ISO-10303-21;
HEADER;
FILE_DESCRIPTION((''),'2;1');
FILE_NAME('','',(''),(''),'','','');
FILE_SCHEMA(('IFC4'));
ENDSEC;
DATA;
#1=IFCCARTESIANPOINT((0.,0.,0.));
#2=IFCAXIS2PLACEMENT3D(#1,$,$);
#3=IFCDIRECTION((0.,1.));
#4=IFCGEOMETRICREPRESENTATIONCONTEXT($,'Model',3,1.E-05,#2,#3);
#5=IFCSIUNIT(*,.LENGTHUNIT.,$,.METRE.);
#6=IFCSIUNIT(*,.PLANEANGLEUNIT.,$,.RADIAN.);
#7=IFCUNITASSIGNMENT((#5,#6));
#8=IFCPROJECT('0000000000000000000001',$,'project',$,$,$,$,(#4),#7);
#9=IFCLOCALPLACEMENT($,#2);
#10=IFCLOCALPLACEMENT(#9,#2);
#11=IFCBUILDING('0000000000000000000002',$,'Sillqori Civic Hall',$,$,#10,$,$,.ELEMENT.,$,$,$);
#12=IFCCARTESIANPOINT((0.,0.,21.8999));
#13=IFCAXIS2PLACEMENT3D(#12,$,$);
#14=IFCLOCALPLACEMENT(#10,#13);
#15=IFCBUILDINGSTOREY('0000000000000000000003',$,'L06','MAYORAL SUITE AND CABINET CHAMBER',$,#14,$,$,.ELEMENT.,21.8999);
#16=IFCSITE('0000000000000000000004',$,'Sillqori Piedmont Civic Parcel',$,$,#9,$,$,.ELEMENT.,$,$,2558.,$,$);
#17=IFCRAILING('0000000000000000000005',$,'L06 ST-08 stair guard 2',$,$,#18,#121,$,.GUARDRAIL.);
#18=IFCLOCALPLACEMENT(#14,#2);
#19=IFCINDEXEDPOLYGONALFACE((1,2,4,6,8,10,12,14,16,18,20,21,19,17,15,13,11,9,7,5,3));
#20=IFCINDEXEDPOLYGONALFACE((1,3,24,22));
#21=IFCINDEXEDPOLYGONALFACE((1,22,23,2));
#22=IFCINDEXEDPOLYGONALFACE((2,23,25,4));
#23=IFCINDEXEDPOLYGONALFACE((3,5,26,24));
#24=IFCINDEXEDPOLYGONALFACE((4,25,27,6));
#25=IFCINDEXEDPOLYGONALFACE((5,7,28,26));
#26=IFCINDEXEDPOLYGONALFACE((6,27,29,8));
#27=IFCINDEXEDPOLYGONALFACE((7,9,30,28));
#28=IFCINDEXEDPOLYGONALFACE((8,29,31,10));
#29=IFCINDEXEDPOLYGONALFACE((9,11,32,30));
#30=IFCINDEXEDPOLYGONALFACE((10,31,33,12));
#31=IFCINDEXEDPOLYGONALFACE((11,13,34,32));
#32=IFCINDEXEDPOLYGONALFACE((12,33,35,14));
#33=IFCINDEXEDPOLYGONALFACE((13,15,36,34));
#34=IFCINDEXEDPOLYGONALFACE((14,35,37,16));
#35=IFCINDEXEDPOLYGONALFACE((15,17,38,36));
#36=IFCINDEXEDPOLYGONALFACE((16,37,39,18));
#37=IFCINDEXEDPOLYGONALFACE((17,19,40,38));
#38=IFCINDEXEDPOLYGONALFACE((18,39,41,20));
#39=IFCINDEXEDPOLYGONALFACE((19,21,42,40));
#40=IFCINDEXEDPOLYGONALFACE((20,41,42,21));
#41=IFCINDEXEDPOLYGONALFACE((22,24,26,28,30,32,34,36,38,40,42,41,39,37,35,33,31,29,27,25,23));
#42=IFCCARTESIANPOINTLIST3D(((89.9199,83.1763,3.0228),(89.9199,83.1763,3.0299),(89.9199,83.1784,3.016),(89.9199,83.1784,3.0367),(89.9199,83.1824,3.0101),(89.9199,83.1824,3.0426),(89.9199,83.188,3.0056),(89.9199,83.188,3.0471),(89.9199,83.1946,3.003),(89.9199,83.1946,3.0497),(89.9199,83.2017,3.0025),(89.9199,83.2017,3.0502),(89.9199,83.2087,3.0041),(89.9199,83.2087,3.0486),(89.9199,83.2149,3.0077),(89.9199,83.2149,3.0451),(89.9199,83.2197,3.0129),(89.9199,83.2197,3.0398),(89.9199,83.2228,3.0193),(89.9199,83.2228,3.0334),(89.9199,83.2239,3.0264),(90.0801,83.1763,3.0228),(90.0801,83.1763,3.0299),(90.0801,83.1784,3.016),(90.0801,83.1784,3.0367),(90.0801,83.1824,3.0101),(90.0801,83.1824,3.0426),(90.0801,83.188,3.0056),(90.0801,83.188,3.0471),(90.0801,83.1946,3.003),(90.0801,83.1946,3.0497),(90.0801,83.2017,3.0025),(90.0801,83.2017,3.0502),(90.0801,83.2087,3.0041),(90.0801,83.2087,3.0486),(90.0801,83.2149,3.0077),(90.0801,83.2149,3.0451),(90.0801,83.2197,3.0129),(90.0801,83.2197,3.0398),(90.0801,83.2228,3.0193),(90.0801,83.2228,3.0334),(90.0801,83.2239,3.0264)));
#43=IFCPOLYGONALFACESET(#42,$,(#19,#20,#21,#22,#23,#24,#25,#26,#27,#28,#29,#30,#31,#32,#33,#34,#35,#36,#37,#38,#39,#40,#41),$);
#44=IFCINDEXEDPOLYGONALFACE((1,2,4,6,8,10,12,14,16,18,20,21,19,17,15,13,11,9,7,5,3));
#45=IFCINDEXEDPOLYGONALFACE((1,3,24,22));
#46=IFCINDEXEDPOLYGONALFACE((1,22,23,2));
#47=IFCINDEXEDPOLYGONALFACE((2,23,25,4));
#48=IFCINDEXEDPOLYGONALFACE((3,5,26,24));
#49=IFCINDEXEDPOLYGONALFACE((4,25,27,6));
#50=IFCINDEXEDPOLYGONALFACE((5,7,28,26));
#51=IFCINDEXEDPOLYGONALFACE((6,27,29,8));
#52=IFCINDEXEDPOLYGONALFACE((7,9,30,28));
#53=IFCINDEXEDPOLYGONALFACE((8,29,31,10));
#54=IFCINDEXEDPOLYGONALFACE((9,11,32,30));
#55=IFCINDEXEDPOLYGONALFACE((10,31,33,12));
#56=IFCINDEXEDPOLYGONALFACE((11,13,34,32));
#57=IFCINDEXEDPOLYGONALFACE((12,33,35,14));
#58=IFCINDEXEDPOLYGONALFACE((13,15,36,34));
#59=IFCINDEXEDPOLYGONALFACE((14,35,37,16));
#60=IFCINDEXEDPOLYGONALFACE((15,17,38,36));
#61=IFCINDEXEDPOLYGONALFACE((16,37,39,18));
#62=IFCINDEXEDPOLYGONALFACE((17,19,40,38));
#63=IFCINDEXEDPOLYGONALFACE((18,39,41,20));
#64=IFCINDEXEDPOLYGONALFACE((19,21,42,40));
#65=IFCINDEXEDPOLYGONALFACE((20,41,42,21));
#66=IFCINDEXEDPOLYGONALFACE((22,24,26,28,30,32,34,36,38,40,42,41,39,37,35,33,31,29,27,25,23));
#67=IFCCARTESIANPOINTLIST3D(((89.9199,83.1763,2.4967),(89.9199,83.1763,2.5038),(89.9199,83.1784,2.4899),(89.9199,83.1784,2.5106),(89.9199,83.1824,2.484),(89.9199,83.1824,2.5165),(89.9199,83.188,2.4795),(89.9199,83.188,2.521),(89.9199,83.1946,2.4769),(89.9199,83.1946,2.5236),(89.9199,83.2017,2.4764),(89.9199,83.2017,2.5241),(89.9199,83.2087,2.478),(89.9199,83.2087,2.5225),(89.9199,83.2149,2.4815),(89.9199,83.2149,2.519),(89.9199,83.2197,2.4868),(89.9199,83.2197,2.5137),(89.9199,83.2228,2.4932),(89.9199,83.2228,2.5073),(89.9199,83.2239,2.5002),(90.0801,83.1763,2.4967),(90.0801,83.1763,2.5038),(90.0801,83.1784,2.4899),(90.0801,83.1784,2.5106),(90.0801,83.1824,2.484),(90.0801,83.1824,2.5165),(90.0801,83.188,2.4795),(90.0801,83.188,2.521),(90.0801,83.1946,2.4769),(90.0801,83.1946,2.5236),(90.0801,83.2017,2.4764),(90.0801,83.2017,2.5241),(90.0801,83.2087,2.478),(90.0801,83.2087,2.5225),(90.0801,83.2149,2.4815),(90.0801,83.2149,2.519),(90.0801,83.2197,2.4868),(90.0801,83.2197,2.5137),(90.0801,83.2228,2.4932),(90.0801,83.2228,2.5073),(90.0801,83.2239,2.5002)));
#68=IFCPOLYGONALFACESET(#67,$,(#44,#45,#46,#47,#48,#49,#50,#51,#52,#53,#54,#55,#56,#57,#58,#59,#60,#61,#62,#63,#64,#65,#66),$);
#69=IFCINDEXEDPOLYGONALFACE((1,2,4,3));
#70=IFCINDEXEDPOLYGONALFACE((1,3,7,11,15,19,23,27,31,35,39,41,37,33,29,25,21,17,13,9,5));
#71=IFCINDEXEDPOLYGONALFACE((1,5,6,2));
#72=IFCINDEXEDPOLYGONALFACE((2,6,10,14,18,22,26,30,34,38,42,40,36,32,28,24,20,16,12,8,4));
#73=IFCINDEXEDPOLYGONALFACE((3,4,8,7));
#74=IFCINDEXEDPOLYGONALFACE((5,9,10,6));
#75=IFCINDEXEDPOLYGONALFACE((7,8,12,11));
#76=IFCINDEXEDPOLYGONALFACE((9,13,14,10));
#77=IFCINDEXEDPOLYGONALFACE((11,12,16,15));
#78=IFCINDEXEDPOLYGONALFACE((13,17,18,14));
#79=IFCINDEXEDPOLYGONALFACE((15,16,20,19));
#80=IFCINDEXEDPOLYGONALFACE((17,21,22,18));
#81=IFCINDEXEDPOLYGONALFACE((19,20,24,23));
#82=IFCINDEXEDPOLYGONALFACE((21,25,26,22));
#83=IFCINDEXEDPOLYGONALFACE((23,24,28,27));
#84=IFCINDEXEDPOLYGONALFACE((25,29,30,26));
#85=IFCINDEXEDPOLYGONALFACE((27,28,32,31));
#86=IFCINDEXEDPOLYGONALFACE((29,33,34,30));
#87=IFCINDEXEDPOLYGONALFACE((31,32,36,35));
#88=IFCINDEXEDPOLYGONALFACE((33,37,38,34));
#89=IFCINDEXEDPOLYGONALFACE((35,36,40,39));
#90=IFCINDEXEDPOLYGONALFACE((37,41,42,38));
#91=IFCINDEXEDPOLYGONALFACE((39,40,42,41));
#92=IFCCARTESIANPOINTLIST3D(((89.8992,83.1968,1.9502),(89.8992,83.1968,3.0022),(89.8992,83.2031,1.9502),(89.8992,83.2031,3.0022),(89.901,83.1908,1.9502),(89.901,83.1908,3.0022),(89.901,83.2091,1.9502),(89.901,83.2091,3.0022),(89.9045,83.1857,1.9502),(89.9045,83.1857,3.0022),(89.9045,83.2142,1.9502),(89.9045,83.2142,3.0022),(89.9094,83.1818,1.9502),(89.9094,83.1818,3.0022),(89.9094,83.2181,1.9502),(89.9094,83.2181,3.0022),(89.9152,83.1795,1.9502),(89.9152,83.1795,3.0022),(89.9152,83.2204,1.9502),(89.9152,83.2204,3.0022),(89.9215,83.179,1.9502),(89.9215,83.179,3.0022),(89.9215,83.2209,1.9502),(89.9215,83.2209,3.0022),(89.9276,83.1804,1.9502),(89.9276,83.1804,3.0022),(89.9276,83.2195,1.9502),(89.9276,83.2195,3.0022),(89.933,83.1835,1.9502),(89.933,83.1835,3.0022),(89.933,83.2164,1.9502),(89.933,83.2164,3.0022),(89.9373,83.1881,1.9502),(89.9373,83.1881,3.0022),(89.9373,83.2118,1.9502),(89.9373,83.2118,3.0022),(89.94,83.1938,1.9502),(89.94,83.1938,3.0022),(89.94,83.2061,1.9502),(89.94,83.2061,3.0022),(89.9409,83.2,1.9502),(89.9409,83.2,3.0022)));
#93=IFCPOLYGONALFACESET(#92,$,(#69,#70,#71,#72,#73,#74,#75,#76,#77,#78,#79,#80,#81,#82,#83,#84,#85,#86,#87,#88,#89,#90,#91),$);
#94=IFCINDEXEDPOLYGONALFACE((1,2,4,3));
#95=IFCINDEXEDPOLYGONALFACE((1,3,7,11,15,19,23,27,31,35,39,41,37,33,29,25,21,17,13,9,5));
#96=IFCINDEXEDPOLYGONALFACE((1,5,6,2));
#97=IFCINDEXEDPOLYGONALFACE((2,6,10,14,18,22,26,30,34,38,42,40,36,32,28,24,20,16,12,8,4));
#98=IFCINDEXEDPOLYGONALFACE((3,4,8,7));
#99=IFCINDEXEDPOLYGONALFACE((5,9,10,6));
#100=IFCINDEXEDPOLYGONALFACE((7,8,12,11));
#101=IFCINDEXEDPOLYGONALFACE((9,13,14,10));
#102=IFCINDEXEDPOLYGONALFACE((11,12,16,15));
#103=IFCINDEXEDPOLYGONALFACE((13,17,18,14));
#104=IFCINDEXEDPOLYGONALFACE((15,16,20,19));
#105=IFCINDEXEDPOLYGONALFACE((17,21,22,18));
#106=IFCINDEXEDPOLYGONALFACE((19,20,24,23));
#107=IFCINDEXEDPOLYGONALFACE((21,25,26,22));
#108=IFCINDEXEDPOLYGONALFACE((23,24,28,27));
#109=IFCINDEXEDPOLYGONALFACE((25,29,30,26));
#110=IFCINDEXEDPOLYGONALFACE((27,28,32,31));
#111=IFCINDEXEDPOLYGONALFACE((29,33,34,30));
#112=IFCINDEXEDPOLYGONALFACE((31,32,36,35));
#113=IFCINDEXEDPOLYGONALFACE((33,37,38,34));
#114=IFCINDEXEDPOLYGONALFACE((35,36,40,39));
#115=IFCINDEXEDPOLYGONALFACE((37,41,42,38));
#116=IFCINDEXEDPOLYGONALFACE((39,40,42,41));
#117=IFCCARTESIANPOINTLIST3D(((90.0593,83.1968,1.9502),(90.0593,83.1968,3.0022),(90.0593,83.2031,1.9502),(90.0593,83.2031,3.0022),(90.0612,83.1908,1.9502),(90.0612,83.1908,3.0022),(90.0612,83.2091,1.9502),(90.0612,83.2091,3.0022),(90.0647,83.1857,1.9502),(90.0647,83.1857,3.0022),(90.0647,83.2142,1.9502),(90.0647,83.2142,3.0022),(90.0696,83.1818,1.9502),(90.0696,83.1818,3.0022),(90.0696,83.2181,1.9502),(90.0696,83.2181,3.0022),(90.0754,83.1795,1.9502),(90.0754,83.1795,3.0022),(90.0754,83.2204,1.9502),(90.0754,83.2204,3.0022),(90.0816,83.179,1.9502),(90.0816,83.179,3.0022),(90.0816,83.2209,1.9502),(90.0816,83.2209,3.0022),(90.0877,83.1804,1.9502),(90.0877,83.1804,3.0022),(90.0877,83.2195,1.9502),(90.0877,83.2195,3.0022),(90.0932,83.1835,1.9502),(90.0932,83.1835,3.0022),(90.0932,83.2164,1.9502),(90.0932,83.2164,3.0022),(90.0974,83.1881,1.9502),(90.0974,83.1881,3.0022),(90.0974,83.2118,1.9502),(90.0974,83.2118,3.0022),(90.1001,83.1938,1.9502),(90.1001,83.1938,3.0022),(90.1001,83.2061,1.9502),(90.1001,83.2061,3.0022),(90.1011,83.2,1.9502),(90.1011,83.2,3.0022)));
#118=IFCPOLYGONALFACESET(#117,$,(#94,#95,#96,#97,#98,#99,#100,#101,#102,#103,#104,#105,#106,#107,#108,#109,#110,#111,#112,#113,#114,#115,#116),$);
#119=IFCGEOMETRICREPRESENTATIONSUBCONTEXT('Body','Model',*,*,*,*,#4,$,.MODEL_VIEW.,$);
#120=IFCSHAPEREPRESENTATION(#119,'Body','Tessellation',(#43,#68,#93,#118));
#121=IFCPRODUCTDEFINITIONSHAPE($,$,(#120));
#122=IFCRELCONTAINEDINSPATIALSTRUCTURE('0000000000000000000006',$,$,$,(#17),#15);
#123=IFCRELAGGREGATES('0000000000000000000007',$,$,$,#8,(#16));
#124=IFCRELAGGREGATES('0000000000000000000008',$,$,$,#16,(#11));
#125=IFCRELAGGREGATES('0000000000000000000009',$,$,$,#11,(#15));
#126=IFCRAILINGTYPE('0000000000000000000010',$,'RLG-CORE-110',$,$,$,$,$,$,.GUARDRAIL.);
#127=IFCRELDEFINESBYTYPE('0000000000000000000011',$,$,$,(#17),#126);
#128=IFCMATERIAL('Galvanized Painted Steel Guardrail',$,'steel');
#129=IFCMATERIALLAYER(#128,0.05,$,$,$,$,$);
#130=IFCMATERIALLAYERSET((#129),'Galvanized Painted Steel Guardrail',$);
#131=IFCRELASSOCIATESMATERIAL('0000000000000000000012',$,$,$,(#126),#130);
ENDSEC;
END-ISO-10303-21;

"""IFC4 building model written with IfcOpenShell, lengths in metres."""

from ifc_helpers import new_model, si_unit, direction, frame, origin, origin_2d, place, context, subcontext, project, spatial, circle, extrude, material, layer, layer_set, type_object, element, save


model = new_model("IFC4")

# Units and contexts
model_context = context("Model", 3, precision=1e-05, world=origin(), true_north=direction((0.0, 1.0)))
body_context = subcontext(model_context, "Body", "Model", "MODEL_VIEW")
ifc_project = project(units=[si_unit("LENGTHUNIT", "METRE"), si_unit("PLANEANGLEUNIT", "RADIAN")], contexts=[model_context])

# Site, building, storey
site_placement = place(None, origin())
site = spatial("IfcSite", under=ifc_project, at=site_placement, Name="Sillqori Piedmont Civic Parcel", CompositionType="ELEMENT", RefElevation=2558.0)
building_placement = place(site_placement, origin())
building = spatial("IfcBuilding", under=site, at=building_placement, Name="Sillqori Civic Hall", CompositionType="ELEMENT")
storey_placement = place(building_placement, frame((0.0, 0.0, 21.8999)))
storey = spatial("IfcBuildingStorey", under=building, at=storey_placement, Name="L06", Description="MAYORAL SUITE AND CABINET CHAMBER", CompositionType="ELEMENT", Elevation=21.8999)

# Railing
ifc_material_1 = material(Name="Galvanized Painted Steel Guardrail", Category="steel")
ifc_layer_1 = layer(ifc_material_1, 0.05)
ifc_layer_set_1 = layer_set([ifc_layer_1], Name="Galvanized Painted Steel Guardrail")
railing_type_1 = type_object("IfcRailingType", Name="RLG-CORE-110", PredefinedType="GUARDRAIL", material=ifc_layer_set_1)
railing_1_placement = place(storey_placement, frame((89.9199, 83.2, 1.9502)))
element("IfcRailing", 1, at=railing_1_placement, inside=storey, type_object=railing_type_1, Name="L06 ST-08 stair guard 2", PredefinedType="GUARDRAIL", context=body_context, shape_type="SweptSolid", body=[
    extrude(circle(Radius=0.0239, at=origin_2d()), frame((0.0, 0.0, 1.0762), z_axis=(1.0, 0.0, 0.0), x_axis=(0.0, 1.0, 0.0)), (0.0, 0.0, 1.0), 0.1602),
    extrude(circle(Radius=0.0239, at=origin_2d()), frame((0.0, 0.0, 0.55), z_axis=(1.0, 0.0, 0.0), x_axis=(0.0, 1.0, 0.0)), (0.0, 0.0, 1.0), 0.1602),
    extrude(circle(Radius=0.021, at=origin_2d()), origin(), (0.0, 0.0, 1.0), 1.052),
    extrude(circle(Radius=0.021, at=origin_2d()), frame((0.1602, 0.0, 0.0)), (0.0, 0.0, 1.0), 1.052),
])

save(model, "model.ifc")
